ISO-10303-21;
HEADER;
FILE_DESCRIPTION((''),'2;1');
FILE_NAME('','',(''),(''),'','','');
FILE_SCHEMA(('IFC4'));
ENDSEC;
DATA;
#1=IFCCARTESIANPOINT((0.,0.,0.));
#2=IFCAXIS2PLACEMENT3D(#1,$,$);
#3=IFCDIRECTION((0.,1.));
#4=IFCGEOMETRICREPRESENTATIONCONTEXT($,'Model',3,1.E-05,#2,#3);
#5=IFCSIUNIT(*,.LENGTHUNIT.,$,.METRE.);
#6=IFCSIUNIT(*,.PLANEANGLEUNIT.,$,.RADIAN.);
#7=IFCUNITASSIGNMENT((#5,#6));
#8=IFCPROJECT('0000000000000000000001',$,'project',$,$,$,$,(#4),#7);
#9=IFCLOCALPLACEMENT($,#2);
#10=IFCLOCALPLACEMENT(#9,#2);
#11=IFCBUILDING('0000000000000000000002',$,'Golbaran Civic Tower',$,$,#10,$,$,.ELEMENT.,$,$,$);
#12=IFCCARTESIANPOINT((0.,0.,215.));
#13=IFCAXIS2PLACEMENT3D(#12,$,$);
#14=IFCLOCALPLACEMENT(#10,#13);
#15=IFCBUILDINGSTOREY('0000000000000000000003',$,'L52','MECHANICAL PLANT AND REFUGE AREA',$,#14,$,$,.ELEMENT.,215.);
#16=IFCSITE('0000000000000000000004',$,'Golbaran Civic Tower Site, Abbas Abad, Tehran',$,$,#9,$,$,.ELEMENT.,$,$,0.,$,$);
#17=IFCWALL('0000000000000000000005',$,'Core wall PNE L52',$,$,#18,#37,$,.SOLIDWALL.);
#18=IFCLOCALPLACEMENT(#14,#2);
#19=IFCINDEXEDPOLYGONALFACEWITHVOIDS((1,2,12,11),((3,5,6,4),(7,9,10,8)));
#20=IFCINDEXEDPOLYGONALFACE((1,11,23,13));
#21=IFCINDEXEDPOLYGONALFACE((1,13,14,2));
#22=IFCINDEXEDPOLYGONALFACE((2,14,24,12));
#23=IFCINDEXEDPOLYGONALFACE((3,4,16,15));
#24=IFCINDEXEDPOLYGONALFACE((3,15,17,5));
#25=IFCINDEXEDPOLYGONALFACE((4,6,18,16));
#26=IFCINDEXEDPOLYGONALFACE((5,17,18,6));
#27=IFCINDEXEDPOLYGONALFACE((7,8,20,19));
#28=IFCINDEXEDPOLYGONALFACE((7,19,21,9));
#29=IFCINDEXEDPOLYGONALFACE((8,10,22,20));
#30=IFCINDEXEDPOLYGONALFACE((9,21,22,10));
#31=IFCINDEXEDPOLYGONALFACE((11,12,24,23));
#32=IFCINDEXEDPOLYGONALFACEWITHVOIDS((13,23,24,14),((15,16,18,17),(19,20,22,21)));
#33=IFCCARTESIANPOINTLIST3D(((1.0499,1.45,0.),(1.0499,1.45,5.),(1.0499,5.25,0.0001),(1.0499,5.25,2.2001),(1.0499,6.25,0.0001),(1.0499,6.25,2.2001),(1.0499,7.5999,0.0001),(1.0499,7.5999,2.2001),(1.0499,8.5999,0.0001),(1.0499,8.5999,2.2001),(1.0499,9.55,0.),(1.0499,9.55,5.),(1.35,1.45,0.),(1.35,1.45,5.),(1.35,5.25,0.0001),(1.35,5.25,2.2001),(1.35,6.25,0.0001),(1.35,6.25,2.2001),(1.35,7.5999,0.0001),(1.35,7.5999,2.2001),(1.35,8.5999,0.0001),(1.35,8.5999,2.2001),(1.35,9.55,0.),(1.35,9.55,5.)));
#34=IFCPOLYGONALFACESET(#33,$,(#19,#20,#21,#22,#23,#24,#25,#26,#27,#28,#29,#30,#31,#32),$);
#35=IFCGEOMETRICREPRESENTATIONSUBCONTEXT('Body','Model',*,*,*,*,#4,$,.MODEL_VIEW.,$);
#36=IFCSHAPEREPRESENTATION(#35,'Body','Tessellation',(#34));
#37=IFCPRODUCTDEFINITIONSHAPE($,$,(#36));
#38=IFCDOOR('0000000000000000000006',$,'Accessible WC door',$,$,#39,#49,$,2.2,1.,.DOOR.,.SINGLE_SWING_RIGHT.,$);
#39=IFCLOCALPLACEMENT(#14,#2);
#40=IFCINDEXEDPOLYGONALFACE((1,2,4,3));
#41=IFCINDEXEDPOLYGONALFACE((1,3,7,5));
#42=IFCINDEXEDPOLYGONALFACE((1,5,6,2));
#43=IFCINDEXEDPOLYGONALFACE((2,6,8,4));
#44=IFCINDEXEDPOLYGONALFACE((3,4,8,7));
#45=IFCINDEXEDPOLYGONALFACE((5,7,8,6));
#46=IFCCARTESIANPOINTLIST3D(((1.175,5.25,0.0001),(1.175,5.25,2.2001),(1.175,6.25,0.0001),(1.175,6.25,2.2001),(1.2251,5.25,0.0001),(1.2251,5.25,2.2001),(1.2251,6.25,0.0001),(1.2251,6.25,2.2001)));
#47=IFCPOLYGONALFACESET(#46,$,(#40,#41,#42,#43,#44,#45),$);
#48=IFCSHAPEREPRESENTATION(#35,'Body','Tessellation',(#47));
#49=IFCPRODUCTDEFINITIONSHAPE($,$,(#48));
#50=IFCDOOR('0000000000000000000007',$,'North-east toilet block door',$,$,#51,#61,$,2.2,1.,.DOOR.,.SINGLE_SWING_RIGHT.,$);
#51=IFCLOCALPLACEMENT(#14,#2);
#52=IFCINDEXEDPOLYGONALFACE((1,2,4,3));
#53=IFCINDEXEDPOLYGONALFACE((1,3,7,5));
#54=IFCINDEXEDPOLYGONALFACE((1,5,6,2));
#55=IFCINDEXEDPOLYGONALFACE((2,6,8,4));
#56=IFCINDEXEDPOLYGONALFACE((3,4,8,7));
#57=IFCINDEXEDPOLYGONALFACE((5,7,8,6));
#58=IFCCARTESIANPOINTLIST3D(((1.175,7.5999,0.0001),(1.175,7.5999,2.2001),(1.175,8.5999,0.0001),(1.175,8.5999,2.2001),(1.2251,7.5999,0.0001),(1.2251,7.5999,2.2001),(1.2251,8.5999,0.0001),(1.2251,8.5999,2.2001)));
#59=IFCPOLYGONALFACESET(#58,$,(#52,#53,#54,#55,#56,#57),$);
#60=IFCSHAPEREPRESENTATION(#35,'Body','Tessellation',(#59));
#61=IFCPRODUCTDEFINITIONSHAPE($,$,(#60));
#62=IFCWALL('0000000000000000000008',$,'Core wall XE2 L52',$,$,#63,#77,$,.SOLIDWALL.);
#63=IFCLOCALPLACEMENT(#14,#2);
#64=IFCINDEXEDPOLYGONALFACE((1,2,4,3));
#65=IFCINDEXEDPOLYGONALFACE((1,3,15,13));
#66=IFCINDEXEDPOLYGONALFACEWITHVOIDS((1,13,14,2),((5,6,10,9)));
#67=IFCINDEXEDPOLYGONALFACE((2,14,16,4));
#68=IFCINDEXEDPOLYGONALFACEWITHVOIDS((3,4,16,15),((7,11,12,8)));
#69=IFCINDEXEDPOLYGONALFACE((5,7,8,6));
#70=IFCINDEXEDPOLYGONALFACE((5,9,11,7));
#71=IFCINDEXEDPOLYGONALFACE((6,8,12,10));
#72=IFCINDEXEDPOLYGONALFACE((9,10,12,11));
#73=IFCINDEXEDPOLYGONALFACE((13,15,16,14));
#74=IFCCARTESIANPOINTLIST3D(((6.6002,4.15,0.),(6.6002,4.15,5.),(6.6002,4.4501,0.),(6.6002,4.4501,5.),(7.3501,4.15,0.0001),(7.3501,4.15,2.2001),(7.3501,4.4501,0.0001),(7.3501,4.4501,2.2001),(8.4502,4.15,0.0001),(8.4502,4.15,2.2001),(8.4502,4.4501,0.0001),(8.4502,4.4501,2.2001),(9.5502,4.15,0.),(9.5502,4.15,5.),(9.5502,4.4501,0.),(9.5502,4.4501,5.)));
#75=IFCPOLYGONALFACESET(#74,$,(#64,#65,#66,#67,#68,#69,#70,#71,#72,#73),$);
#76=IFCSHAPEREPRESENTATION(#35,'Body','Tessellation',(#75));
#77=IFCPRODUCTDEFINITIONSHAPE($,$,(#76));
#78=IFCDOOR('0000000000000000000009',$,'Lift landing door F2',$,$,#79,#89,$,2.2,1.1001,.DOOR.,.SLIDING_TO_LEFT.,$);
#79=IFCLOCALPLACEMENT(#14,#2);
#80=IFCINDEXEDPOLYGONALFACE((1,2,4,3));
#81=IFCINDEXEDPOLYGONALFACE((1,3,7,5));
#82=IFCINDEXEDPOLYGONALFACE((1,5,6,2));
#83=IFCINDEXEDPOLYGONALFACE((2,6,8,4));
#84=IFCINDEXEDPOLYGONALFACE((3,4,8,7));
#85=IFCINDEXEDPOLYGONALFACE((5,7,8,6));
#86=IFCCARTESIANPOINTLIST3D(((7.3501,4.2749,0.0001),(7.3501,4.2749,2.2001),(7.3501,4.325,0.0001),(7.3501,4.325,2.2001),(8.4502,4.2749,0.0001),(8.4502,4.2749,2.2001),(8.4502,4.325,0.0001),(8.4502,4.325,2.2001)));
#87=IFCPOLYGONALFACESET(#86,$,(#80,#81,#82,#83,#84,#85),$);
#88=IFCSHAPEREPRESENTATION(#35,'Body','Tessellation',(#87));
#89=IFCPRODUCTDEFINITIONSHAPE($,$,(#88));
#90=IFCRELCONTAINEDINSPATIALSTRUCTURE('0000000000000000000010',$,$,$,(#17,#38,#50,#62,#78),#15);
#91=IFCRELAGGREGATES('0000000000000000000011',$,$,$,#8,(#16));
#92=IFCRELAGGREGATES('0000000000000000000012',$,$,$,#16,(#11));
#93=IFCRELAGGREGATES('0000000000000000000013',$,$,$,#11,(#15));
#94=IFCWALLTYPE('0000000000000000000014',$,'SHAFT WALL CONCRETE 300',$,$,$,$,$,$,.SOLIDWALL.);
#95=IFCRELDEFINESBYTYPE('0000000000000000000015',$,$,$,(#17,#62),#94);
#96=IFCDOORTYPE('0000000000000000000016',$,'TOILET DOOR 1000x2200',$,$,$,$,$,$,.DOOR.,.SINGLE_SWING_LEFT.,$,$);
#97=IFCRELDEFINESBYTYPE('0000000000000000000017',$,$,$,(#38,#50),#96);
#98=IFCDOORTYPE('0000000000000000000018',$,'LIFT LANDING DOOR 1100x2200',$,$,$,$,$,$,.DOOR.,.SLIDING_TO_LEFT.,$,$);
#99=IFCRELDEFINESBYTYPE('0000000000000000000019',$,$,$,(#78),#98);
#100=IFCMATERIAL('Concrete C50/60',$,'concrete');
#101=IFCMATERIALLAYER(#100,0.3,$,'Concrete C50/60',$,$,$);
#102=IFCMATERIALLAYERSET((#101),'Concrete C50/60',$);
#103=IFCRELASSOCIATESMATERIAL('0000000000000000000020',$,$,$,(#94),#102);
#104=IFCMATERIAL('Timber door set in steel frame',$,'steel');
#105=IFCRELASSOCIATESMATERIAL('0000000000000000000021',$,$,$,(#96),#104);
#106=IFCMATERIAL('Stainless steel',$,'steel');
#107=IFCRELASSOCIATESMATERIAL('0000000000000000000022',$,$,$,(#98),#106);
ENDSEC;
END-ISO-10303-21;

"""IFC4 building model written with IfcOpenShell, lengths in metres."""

from ifc_helpers import new_model, si_unit, direction, frame, frame_2d, origin, place, context, subcontext, project, spatial, rectangle, extrude, material, layer, layer_set, type_object, element, fill, save


model = new_model("IFC4")

# Units and contexts
model_context = context("Model", 3, precision=1e-05, world=origin(), true_north=direction((0.0, 1.0)))
body_context = subcontext(model_context, "Body", "Model", "MODEL_VIEW")
ifc_project = project(units=[si_unit("LENGTHUNIT", "METRE"), si_unit("PLANEANGLEUNIT", "RADIAN")], contexts=[model_context])

# Site, building, storey
site_placement = place(None, origin())
site = spatial("IfcSite", under=ifc_project, at=site_placement, Name="Golbaran Civic Tower Site, Abbas Abad, Tehran", CompositionType="ELEMENT", RefElevation=0.0)
building_placement = place(site_placement, origin())
building = spatial("IfcBuilding", under=site, at=building_placement, Name="Golbaran Civic Tower", CompositionType="ELEMENT")
storey_placement = place(building_placement, frame((0.0, 0.0, 215.0)))
storey = spatial("IfcBuildingStorey", under=building, at=storey_placement, Name="L52", Description="MECHANICAL PLANT AND REFUGE AREA", CompositionType="ELEMENT", Elevation=215.0)

# Shared definitions
ifc_material_1 = material(Name="Timber door set in steel frame", Category="steel")

# Shared definitions
ifc_material_2 = material(Name="Concrete C50/60", Category="concrete")
ifc_layer_1 = layer(ifc_material_2, 0.3, Name="Concrete C50/60")
ifc_layer_set_1 = layer_set([ifc_layer_1], Name="Concrete C50/60")
wall_type_1 = type_object("IfcWallType", Name="SHAFT WALL CONCRETE 300", PredefinedType="SOLIDWALL", material=ifc_layer_set_1)

# Wall, openings, doors
wall_1_placement = place(storey_placement, frame((1.2, 1.45, 0.0), z_axis=(0.0, 0.0, 1.0), x_axis=(0.0, 1.0, 0.0)))
wall_1 = element("IfcWall", 1, at=wall_1_placement, inside=storey, type_object=wall_type_1, Name="Core wall PNE L52", PredefinedType="SOLIDWALL", context=body_context, shape_type="SweptSolid", body=[
    extrude(rectangle(XDim=8.1001, YDim=0.3, at=frame_2d((4.05, 0.0))), origin(), (0.0, 0.0, 1.0), 5.0),
])
opening_1_placement = place(wall_1_placement, frame((3.8, 0.0, 0.0)))
opening_1 = element("IfcOpeningElement", 2, at=opening_1_placement, cuts=wall_1, PredefinedType="OPENING", context=body_context, shape_type="SweptSolid", body=[
    extrude(rectangle(XDim=1.0, YDim=2.2, at=frame_2d((0.5, 1.1001))), frame((0.0, 0.1599, 0.0), z_axis=(0.0, -1.0, 0.0), x_axis=(1.0, 0.0, 0.0)), (0.0, 0.0, 1.0), 0.3201),
])
opening_2_placement = place(wall_1_placement, frame((6.1499, 0.0, 0.0)))
opening_2 = element("IfcOpeningElement", 3, at=opening_2_placement, cuts=wall_1, PredefinedType="OPENING", context=body_context, shape_type="SweptSolid", body=[
    extrude(rectangle(XDim=1.0, YDim=2.2, at=frame_2d((0.5, 1.1001))), frame((0.0, 0.1599, 0.0), z_axis=(0.0, -1.0, 0.0), x_axis=(1.0, 0.0, 0.0)), (0.0, 0.0, 1.0), 0.3201),
])
door_type_1 = type_object("IfcDoorType", Name="TOILET DOOR 1000x2200", OperationType="SINGLE_SWING_LEFT", PredefinedType="DOOR", material=ifc_material_1)
door_1_placement = place(opening_1_placement, origin())
door_1 = element("IfcDoor", 4, at=door_1_placement, inside=storey, type_object=door_type_1, Name="Accessible WC door", OperationType="SINGLE_SWING_RIGHT", OverallHeight=2.2, OverallWidth=1.0, PredefinedType="DOOR", context=body_context, shape_type="SweptSolid", body=[
    extrude(rectangle(XDim=1.0, YDim=2.2, at=frame_2d((0.5, 1.1001))), frame((0.0, 0.0249, 0.0), z_axis=(0.0, -1.0, 0.0), x_axis=(1.0, 0.0, 0.0)), (0.0, 0.0, 1.0), 0.05),
])
fill(opening_1, door_1)
door_2_placement = place(opening_2_placement, origin())
door_2 = element("IfcDoor", 5, at=door_2_placement, inside=storey, type_object=door_type_1, Name="North-east toilet block door", OperationType="SINGLE_SWING_RIGHT", OverallHeight=2.2, OverallWidth=1.0, PredefinedType="DOOR", context=body_context, shape_type="SweptSolid", body=[
    extrude(rectangle(XDim=1.0, YDim=2.2, at=frame_2d((0.5, 1.1001))), frame((0.0, 0.0249, 0.0), z_axis=(0.0, -1.0, 0.0), x_axis=(1.0, 0.0, 0.0)), (0.0, 0.0, 1.0), 0.05),
])
fill(opening_2, door_2)

# Wall, opening, door
wall_2_placement = place(storey_placement, frame((6.6001, 4.3, 0.0), z_axis=(0.0, 0.0, 1.0), x_axis=(1.0, 0.0, 0.0)))
wall_2 = element("IfcWall", 6, at=wall_2_placement, inside=storey, type_object=wall_type_1, Name="Core wall XE2 L52", PredefinedType="SOLIDWALL", context=body_context, shape_type="SweptSolid", body=[
    extrude(rectangle(XDim=2.95, YDim=0.3, at=frame_2d((1.4751, 0.0))), origin(), (0.0, 0.0, 1.0), 5.0),
])
opening_3_placement = place(wall_2_placement, frame((0.75, 0.0, 0.0)))
opening_3 = element("IfcOpeningElement", 7, at=opening_3_placement, cuts=wall_2, PredefinedType="OPENING", context=body_context, shape_type="SweptSolid", body=[
    extrude(rectangle(XDim=1.1001, YDim=2.2, at=frame_2d((0.55, 1.1001))), frame((0.0, 0.1599, 0.0), z_axis=(0.0, -1.0, 0.0), x_axis=(1.0, 0.0, 0.0)), (0.0, 0.0, 1.0), 0.3201),
])
ifc_material_3 = material(Name="Stainless steel", Category="steel")
door_type_2 = type_object("IfcDoorType", Name="LIFT LANDING DOOR 1100x2200", OperationType="SLIDING_TO_LEFT", PredefinedType="DOOR", material=ifc_material_3)
door_3_placement = place(opening_3_placement, origin())
door_3 = element("IfcDoor", 8, at=door_3_placement, inside=storey, type_object=door_type_2, Name="Lift landing door F2", OperationType="SLIDING_TO_LEFT", OverallHeight=2.2, OverallWidth=1.1001, PredefinedType="DOOR", context=body_context, shape_type="SweptSolid", body=[
    extrude(rectangle(XDim=1.1001, YDim=2.2, at=frame_2d((0.55, 1.1001))), frame((0.0, 0.0249, 0.0), z_axis=(0.0, -1.0, 0.0), x_axis=(1.0, 0.0, 0.0)), (0.0, 0.0, 1.0), 0.05),
])
fill(opening_3, door_3)

save(model, "model.ifc")
